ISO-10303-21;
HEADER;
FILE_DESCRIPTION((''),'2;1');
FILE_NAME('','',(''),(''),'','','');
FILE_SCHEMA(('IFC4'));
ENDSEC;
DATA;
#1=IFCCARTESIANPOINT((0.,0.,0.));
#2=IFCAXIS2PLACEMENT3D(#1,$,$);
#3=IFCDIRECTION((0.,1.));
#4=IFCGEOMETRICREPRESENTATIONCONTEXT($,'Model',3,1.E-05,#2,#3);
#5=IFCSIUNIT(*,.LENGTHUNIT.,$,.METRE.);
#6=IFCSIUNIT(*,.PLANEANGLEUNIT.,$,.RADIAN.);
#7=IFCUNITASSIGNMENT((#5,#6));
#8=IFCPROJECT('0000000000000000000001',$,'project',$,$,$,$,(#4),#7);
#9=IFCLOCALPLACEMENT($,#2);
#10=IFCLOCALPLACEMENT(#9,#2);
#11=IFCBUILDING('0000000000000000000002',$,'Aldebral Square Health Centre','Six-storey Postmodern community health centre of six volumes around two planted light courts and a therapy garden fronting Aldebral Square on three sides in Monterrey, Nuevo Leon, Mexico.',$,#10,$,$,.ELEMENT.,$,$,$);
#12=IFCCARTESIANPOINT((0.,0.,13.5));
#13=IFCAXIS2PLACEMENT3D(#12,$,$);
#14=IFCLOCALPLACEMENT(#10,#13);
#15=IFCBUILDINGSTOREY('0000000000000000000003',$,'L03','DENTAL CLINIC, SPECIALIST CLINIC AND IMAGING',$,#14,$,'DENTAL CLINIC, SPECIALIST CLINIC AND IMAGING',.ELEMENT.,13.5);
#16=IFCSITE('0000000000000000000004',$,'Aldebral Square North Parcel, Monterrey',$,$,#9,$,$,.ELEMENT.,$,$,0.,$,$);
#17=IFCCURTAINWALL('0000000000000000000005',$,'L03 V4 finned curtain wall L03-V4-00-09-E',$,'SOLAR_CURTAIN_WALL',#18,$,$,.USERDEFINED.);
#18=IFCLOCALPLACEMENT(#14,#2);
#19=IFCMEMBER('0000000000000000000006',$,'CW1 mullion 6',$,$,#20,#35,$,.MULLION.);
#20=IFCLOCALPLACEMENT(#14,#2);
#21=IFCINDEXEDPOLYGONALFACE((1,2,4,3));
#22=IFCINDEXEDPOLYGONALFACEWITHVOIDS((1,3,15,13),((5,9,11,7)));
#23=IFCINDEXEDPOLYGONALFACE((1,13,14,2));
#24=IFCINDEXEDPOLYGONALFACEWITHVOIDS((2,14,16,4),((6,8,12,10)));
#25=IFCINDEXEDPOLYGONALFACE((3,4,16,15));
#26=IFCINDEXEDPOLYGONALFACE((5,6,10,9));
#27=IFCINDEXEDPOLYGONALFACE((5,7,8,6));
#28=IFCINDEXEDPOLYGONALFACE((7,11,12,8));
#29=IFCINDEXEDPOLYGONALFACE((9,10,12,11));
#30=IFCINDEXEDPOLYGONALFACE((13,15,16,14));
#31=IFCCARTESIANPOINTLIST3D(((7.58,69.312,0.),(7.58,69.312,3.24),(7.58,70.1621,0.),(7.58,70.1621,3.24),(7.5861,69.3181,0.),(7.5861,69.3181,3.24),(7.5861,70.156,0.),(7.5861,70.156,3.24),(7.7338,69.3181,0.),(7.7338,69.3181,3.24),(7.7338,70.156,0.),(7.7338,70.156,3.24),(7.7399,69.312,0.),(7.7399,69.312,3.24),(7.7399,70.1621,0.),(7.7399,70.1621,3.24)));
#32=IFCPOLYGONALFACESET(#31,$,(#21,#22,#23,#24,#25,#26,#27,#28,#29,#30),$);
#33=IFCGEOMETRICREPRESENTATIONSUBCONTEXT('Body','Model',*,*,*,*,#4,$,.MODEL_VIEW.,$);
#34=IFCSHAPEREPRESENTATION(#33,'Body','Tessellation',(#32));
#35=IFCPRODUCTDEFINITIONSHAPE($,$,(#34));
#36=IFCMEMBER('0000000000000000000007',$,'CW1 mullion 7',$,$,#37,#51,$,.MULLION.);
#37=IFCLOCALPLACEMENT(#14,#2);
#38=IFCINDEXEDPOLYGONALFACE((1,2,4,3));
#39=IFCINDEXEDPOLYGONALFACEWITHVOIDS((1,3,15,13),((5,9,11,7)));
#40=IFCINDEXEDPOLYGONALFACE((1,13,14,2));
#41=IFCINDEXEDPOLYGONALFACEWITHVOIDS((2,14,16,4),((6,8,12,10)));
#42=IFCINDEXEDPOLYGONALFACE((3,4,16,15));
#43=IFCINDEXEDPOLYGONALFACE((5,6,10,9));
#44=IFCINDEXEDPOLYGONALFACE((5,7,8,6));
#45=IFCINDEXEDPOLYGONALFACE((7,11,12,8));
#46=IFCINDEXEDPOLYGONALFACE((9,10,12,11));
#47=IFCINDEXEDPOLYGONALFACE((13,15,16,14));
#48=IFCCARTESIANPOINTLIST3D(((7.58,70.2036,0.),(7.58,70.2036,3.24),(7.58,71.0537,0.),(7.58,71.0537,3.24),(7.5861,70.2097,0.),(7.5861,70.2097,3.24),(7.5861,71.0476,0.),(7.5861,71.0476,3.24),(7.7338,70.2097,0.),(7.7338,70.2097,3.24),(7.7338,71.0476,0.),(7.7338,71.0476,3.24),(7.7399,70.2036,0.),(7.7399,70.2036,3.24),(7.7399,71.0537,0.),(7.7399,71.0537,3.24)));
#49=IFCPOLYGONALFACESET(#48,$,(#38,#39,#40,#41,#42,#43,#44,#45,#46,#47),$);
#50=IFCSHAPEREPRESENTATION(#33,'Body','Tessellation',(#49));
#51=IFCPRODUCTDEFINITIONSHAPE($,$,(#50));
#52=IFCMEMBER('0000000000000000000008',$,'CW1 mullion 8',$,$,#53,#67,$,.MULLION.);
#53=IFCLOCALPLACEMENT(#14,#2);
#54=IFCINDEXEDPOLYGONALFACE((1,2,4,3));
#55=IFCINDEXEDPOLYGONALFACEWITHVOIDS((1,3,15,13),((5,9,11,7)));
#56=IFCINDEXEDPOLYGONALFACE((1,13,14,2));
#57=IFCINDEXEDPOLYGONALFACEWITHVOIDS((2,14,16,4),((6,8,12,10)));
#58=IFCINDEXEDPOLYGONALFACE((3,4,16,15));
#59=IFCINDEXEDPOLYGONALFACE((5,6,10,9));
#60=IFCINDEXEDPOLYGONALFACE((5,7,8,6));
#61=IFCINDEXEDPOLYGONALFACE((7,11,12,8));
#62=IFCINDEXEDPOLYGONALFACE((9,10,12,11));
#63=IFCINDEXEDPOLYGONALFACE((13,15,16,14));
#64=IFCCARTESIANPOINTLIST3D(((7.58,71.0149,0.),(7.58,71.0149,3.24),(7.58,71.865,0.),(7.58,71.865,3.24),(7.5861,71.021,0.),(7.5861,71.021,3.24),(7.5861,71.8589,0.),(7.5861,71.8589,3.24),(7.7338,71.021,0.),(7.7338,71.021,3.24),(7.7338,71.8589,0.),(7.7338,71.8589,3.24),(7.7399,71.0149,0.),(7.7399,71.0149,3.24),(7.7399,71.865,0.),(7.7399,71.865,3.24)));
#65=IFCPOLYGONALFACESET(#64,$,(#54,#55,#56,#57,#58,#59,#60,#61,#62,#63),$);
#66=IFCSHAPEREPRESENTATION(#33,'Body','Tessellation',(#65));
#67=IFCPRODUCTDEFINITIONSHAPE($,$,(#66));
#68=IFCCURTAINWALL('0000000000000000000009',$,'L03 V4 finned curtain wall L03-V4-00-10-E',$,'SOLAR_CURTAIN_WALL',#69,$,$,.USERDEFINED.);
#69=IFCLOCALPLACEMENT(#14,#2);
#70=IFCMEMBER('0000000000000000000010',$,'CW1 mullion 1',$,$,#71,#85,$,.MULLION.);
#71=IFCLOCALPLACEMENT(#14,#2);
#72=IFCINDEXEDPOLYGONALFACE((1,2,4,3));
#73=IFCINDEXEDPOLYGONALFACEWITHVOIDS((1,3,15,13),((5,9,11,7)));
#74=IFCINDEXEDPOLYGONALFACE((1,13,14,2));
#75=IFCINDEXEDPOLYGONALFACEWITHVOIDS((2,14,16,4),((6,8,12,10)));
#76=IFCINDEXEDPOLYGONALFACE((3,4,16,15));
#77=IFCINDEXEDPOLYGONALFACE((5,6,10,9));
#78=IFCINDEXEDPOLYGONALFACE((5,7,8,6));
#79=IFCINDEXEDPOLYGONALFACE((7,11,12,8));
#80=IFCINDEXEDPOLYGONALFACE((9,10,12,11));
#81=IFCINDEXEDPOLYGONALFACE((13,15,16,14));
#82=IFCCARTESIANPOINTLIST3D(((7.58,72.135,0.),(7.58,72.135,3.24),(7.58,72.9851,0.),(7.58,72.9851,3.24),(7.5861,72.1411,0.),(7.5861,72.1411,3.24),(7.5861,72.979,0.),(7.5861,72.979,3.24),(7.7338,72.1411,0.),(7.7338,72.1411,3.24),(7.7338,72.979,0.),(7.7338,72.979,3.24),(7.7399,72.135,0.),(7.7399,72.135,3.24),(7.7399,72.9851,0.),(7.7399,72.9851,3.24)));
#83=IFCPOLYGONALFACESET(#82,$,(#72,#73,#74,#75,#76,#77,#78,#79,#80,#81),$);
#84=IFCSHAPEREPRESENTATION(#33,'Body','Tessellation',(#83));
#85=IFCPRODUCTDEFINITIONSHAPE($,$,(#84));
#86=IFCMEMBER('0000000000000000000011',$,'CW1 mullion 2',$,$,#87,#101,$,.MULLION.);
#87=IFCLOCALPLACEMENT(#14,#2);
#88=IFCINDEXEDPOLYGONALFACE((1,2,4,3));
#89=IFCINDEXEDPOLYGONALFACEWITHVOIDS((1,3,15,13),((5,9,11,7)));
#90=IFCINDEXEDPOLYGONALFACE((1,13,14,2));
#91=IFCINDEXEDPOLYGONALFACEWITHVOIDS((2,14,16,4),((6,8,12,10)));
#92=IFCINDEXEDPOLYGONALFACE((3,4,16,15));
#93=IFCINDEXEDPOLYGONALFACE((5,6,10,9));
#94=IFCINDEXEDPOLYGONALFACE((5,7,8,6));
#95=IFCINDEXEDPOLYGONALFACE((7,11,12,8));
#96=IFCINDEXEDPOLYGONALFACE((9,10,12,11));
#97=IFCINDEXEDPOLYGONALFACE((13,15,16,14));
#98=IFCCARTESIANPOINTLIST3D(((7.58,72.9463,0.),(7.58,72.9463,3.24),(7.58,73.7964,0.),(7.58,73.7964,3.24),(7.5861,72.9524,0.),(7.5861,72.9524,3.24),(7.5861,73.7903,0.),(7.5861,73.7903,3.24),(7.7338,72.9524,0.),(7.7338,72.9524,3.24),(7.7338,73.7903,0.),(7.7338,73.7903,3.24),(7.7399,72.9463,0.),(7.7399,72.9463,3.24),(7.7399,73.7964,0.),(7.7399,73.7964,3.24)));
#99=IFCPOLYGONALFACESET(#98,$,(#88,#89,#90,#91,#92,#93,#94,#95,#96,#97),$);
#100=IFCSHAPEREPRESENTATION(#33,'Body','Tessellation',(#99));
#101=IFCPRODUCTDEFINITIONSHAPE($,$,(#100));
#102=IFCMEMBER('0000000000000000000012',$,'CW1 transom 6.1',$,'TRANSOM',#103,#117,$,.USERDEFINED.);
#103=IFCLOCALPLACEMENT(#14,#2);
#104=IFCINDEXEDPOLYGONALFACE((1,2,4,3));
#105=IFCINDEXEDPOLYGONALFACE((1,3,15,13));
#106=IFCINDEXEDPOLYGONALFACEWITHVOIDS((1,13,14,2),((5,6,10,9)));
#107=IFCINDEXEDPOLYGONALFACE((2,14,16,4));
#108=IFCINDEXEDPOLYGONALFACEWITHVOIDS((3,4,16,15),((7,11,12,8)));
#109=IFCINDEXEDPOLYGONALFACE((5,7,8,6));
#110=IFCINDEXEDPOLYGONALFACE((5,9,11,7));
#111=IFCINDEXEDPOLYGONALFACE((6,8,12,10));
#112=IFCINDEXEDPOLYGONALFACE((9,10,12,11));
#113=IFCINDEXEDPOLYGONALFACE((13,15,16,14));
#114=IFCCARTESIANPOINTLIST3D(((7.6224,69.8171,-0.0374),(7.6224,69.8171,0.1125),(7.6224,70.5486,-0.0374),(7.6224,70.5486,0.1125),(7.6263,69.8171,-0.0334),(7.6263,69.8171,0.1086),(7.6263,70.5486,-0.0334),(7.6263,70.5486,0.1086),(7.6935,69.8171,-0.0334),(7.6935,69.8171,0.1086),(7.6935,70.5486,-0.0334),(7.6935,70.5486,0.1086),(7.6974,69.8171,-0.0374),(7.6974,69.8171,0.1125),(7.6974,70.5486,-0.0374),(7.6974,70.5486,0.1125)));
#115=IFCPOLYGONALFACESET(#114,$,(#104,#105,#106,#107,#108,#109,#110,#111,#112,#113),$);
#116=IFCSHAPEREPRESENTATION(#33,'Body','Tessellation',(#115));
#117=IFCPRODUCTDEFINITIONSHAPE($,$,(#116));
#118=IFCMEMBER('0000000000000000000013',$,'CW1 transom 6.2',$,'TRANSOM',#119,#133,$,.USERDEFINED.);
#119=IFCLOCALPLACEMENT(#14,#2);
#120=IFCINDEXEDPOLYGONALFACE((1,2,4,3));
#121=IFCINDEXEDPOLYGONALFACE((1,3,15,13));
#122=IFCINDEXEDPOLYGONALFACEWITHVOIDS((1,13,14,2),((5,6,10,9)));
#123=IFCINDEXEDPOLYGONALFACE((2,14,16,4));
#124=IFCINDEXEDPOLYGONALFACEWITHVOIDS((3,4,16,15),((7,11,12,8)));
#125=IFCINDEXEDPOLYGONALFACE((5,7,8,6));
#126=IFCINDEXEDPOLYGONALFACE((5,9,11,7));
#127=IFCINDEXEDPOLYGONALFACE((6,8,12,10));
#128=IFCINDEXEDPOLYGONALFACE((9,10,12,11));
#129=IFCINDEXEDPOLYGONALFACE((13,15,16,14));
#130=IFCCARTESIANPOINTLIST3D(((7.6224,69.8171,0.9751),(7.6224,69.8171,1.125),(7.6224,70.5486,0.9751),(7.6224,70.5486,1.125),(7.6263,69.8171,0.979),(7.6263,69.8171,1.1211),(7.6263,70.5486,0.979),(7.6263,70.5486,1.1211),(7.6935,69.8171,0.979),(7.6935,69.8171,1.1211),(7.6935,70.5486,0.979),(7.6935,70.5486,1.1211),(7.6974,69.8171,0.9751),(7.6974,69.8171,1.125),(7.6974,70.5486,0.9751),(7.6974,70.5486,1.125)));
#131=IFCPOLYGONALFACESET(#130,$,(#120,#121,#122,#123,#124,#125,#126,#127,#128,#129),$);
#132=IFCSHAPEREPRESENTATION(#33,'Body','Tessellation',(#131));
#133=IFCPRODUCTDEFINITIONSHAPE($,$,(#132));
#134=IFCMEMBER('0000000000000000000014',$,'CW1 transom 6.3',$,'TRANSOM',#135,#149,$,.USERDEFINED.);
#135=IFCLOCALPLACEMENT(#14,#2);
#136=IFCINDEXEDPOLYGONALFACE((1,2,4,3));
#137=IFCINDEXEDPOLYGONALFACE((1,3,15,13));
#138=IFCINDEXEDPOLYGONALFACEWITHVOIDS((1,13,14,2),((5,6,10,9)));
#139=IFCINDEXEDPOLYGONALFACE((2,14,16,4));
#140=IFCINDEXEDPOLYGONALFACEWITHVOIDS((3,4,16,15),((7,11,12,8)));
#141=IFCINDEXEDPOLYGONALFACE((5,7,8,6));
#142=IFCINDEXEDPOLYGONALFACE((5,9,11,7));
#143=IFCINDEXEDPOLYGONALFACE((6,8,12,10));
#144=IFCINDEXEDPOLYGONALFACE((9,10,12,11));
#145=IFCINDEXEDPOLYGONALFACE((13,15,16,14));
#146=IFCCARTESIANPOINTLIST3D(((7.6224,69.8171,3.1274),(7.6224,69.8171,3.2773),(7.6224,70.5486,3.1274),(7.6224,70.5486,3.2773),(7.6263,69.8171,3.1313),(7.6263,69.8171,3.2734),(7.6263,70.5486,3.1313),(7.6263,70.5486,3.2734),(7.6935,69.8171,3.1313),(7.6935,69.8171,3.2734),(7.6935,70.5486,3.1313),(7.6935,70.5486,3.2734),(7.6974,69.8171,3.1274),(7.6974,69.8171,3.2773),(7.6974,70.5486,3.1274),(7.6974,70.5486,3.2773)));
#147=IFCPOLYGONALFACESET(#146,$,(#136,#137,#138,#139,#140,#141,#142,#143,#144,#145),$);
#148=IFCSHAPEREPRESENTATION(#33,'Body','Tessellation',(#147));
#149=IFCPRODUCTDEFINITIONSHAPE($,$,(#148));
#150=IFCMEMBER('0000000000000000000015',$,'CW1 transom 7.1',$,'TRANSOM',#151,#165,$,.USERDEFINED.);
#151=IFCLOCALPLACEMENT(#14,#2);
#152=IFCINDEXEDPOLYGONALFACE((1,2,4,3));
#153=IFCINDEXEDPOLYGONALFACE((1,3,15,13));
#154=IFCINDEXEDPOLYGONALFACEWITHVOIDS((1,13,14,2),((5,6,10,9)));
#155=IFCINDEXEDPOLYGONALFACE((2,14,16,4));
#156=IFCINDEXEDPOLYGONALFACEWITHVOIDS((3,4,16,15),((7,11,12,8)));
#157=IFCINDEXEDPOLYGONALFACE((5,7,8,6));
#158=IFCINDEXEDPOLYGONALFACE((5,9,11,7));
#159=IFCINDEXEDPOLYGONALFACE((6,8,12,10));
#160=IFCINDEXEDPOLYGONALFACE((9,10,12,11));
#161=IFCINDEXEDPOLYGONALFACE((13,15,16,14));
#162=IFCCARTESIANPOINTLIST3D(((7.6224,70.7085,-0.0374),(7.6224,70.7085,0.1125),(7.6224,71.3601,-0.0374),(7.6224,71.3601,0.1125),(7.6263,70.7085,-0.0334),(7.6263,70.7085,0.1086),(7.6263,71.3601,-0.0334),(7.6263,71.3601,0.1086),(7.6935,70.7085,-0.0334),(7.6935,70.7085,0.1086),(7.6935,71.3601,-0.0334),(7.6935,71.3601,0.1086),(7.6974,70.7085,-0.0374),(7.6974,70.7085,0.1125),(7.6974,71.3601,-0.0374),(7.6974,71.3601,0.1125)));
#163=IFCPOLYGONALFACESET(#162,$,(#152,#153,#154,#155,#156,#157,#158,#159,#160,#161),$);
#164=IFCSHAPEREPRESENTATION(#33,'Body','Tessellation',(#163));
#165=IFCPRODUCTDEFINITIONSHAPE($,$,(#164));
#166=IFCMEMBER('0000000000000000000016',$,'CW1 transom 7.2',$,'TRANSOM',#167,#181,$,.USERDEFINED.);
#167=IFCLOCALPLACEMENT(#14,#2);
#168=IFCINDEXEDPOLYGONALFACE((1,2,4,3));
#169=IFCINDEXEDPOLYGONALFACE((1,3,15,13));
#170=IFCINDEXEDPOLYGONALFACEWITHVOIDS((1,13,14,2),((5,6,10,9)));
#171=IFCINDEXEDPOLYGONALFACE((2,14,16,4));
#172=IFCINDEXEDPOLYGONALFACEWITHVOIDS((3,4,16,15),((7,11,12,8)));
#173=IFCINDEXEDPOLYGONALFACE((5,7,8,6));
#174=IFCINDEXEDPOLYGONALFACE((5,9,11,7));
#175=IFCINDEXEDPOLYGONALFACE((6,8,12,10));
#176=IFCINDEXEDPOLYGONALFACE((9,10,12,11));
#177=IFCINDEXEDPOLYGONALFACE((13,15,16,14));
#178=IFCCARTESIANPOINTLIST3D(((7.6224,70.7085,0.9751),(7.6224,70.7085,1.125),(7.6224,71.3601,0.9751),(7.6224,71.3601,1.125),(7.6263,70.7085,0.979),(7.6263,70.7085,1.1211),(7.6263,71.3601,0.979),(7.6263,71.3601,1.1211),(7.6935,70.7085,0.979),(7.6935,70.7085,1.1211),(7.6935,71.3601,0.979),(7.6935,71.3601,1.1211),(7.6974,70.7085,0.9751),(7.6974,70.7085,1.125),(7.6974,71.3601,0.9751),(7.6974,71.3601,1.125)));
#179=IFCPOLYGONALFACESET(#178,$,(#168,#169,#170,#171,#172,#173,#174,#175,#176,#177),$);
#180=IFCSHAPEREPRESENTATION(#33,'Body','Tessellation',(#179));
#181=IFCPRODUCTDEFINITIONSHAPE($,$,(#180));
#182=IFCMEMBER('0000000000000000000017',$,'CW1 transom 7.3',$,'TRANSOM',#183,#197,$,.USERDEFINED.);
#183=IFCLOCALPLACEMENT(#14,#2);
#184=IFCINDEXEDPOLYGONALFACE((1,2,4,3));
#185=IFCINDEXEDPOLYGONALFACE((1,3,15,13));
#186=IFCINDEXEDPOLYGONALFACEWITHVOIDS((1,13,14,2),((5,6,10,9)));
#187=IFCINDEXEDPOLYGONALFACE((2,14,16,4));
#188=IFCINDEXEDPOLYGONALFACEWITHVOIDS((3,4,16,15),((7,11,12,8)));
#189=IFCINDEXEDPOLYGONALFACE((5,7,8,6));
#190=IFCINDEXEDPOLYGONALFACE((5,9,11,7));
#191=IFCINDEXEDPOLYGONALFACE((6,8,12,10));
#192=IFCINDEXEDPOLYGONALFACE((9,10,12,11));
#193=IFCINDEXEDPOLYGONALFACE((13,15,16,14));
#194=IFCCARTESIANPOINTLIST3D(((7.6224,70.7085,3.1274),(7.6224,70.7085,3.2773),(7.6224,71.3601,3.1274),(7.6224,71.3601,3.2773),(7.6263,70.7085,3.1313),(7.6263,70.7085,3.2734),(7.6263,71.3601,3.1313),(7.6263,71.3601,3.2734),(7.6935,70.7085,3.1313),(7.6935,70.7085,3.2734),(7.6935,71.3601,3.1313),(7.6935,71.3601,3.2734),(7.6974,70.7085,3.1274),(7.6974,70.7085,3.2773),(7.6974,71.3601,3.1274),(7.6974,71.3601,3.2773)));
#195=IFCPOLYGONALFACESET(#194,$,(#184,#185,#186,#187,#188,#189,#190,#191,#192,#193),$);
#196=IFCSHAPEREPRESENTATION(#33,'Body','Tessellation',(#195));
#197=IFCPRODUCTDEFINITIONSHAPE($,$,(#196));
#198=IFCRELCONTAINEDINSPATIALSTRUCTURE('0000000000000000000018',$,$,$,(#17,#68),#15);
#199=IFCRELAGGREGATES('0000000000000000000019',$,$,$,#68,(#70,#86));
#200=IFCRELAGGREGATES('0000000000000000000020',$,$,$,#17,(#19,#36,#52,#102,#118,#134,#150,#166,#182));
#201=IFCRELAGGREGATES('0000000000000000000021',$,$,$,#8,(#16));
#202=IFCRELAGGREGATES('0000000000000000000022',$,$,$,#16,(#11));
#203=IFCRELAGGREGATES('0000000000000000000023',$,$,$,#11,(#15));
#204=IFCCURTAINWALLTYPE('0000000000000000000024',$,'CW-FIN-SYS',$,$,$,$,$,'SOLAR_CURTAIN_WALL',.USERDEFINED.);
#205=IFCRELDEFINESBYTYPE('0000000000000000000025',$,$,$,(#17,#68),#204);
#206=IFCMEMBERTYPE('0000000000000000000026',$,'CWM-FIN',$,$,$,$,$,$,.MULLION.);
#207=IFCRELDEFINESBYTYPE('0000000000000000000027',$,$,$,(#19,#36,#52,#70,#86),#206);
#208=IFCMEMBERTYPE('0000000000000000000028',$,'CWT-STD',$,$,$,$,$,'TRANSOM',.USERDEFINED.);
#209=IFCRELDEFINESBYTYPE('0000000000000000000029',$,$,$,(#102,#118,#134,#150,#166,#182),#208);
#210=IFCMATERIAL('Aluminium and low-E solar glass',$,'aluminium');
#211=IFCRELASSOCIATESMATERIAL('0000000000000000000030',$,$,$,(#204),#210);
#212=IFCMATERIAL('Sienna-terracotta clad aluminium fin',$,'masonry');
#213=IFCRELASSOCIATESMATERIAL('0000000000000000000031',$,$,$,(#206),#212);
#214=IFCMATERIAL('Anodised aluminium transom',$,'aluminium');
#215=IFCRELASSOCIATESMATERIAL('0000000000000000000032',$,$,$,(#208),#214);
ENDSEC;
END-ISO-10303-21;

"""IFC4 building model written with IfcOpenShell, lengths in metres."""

from ifc_helpers import new_model, si_unit, direction, frame, origin, origin_2d, place, context, subcontext, project, spatial, hollow_rectangle, extrude, material, material_profile, profile_set, type_object, element, aggregate, save


model = new_model("IFC4")

# Units and contexts
model_context = context("Model", 3, precision=1e-05, world=origin(), true_north=direction((0.0, 1.0)))
body_context = subcontext(model_context, "Body", "Model", "MODEL_VIEW")
ifc_project = project(units=[si_unit("LENGTHUNIT", "METRE"), si_unit("PLANEANGLEUNIT", "RADIAN")], contexts=[model_context])

# Site, building, storey
site_placement = place(None, origin())
site = spatial("IfcSite", under=ifc_project, at=site_placement, Name="Aldebral Square North Parcel, Monterrey", CompositionType="ELEMENT", RefElevation=0.0)
building_placement = place(site_placement, origin())
building = spatial("IfcBuilding", under=site, at=building_placement, Name="Aldebral Square Health Centre", Description="Six-storey Postmodern community health centre of six volumes around two planted light courts and a therapy garden fronting Aldebral Square on three sides in Monterrey, Nuevo Leon, Mexico.", CompositionType="ELEMENT")
storey_placement = place(building_placement, frame((0.0, 0.0, 13.5)))
storey = spatial("IfcBuildingStorey", under=building, at=storey_placement, Name="L03", Description="DENTAL CLINIC, SPECIALIST CLINIC AND IMAGING", LongName="DENTAL CLINIC, SPECIALIST CLINIC AND IMAGING", CompositionType="ELEMENT", Elevation=13.5)

# Curtain walls, members
ifc_material_1 = material(Name="Aluminium and low-E solar glass", Category="aluminium")
curtain_wall_type = type_object("IfcCurtainWallType", Name="CW-FIN-SYS", ElementType="SOLAR_CURTAIN_WALL", PredefinedType="USERDEFINED", material=ifc_material_1)
curtain_wall_1_placement = place(storey_placement, origin())
curtain_wall_1 = element("IfcCurtainWall", 1, at=curtain_wall_1_placement, inside=storey, type_object=curtain_wall_type, Name="L03 V4 finned curtain wall L03-V4-00-09-E", ObjectType="SOLAR_CURTAIN_WALL", PredefinedType="USERDEFINED")
ifc_material_2 = material(Name="Sienna-terracotta clad aluminium fin", Category="masonry")
ifc_material_profile_1 = material_profile(ifc_material_2, hollow_rectangle(XDim=0.1599, YDim=0.8501, WallThickness=0.0061, at=origin_2d()), Name="FIN 160x850x6")
ifc_profile_set_1 = profile_set([ifc_material_profile_1], Name="Sienna-terracotta clad aluminium fin")
member_type_1 = type_object("IfcMemberType", Name="CWM-FIN", PredefinedType="MULLION", material=ifc_profile_set_1)
member_1_placement = place(storey_placement, frame((7.6599, 69.7371, 0.0), z_axis=(0.0, 0.0, 1.0), x_axis=(-1.0, 0.0, 0.0)))
member_1 = element("IfcMember", 2, at=member_1_placement, type_object=member_type_1, Name="CW1 mullion 6", PredefinedType="MULLION", context=body_context, shape_type="SweptSolid", body=[
    extrude(hollow_rectangle(XDim=0.1599, YDim=0.8501, WallThickness=0.0061, at=origin_2d()), origin(), (0.0, 0.0, 1.0), 3.24),
])
member_2_placement = place(storey_placement, frame((7.6599, 70.6287, 0.0), z_axis=(0.0, 0.0, 1.0), x_axis=(-1.0, 0.0, 0.0)))
member_2 = element("IfcMember", 3, at=member_2_placement, type_object=member_type_1, Name="CW1 mullion 7", PredefinedType="MULLION", context=body_context, shape_type="SweptSolid", body=[
    extrude(hollow_rectangle(XDim=0.1599, YDim=0.8501, WallThickness=0.0061, at=origin_2d()), origin(), (0.0, 0.0, 1.0), 3.24),
])
member_3_placement = place(storey_placement, frame((7.6599, 71.4399, 0.0), z_axis=(0.0, 0.0, 1.0), x_axis=(-1.0, 0.0, 0.0)))
member_3 = element("IfcMember", 4, at=member_3_placement, type_object=member_type_1, Name="CW1 mullion 8", PredefinedType="MULLION", context=body_context, shape_type="SweptSolid", body=[
    extrude(hollow_rectangle(XDim=0.1599, YDim=0.8501, WallThickness=0.0061, at=origin_2d()), origin(), (0.0, 0.0, 1.0), 3.24),
])
curtain_wall_2_placement = place(storey_placement, origin())
curtain_wall_2 = element("IfcCurtainWall", 5, at=curtain_wall_2_placement, inside=storey, type_object=curtain_wall_type, Name="L03 V4 finned curtain wall L03-V4-00-10-E", ObjectType="SOLAR_CURTAIN_WALL", PredefinedType="USERDEFINED")
member_4_placement = place(storey_placement, frame((7.6599, 72.5601, 0.0), z_axis=(0.0, 0.0, 1.0), x_axis=(-1.0, 0.0, 0.0)))
member_4 = element("IfcMember", 6, at=member_4_placement, type_object=member_type_1, Name="CW1 mullion 1", PredefinedType="MULLION", context=body_context, shape_type="SweptSolid", body=[
    extrude(hollow_rectangle(XDim=0.1599, YDim=0.8501, WallThickness=0.0061, at=origin_2d()), origin(), (0.0, 0.0, 1.0), 3.24),
])
member_5_placement = place(storey_placement, frame((7.6599, 73.3713, 0.0), z_axis=(0.0, 0.0, 1.0), x_axis=(-1.0, 0.0, 0.0)))
member_5 = element("IfcMember", 7, at=member_5_placement, type_object=member_type_1, Name="CW1 mullion 2", PredefinedType="MULLION", context=body_context, shape_type="SweptSolid", body=[
    extrude(hollow_rectangle(XDim=0.1599, YDim=0.8501, WallThickness=0.0061, at=origin_2d()), origin(), (0.0, 0.0, 1.0), 3.24),
])

# Members
ifc_material_3 = material(Name="Anodised aluminium transom", Category="aluminium")
ifc_material_profile_2 = material_profile(ifc_material_3, hollow_rectangle(XDim=0.075, YDim=0.1499, WallThickness=0.0039, at=origin_2d()), Name="CWT 75x150x4")
ifc_profile_set_2 = profile_set([ifc_material_profile_2], Name="Anodised aluminium transom")
member_type_2 = type_object("IfcMemberType", Name="CWT-STD", ElementType="TRANSOM", PredefinedType="USERDEFINED", material=ifc_profile_set_2)
member_6_placement = place(storey_placement, frame((7.6599, 69.8171, 0.0376), z_axis=(0.0, 1.0, 0.0), x_axis=(-1.0, 0.0, 0.0)))
member_6 = element("IfcMember", 8, at=member_6_placement, type_object=member_type_2, Name="CW1 transom 6.1", ObjectType="TRANSOM", PredefinedType="USERDEFINED", context=body_context, shape_type="SweptSolid", body=[
    extrude(hollow_rectangle(XDim=0.075, YDim=0.1499, WallThickness=0.0039, at=origin_2d()), origin(), (0.0, 0.0, 1.0), 0.7314),
])
member_7_placement = place(storey_placement, frame((7.6599, 69.8171, 1.05), z_axis=(0.0, 1.0, 0.0), x_axis=(-1.0, 0.0, 0.0)))
member_7 = element("IfcMember", 9, at=member_7_placement, type_object=member_type_2, Name="CW1 transom 6.2", ObjectType="TRANSOM", PredefinedType="USERDEFINED", context=body_context, shape_type="SweptSolid", body=[
    extrude(hollow_rectangle(XDim=0.075, YDim=0.1499, WallThickness=0.0039, at=origin_2d()), origin(), (0.0, 0.0, 1.0), 0.7314),
])
member_8_placement = place(storey_placement, frame((7.6599, 69.8171, 3.2024), z_axis=(0.0, 1.0, 0.0), x_axis=(-1.0, 0.0, 0.0)))
member_8 = element("IfcMember", 10, at=member_8_placement, type_object=member_type_2, Name="CW1 transom 6.3", ObjectType="TRANSOM", PredefinedType="USERDEFINED", context=body_context, shape_type="SweptSolid", body=[
    extrude(hollow_rectangle(XDim=0.075, YDim=0.1499, WallThickness=0.0039, at=origin_2d()), origin(), (0.0, 0.0, 1.0), 0.7314),
])
member_9_placement = place(storey_placement, frame((7.6599, 70.7085, 0.0376), z_axis=(0.0, 1.0, 0.0), x_axis=(-1.0, 0.0, 0.0)))
member_9 = element("IfcMember", 11, at=member_9_placement, type_object=member_type_2, Name="CW1 transom 7.1", ObjectType="TRANSOM", PredefinedType="USERDEFINED", context=body_context, shape_type="SweptSolid", body=[
    extrude(hollow_rectangle(XDim=0.075, YDim=0.1499, WallThickness=0.0039, at=origin_2d()), origin(), (0.0, 0.0, 1.0), 0.6516),
])
member_10_placement = place(storey_placement, frame((7.6599, 70.7085, 1.05), z_axis=(0.0, 1.0, 0.0), x_axis=(-1.0, 0.0, 0.0)))
member_10 = element("IfcMember", 12, at=member_10_placement, type_object=member_type_2, Name="CW1 transom 7.2", ObjectType="TRANSOM", PredefinedType="USERDEFINED", context=body_context, shape_type="SweptSolid", body=[
    extrude(hollow_rectangle(XDim=0.075, YDim=0.1499, WallThickness=0.0039, at=origin_2d()), origin(), (0.0, 0.0, 1.0), 0.6516),
])
member_11_placement = place(storey_placement, frame((7.6599, 70.7085, 3.2024), z_axis=(0.0, 1.0, 0.0), x_axis=(-1.0, 0.0, 0.0)))
member_11 = element("IfcMember", 13, at=member_11_placement, type_object=member_type_2, Name="CW1 transom 7.3", ObjectType="TRANSOM", PredefinedType="USERDEFINED", context=body_context, shape_type="SweptSolid", body=[
    extrude(hollow_rectangle(XDim=0.075, YDim=0.1499, WallThickness=0.0039, at=origin_2d()), origin(), (0.0, 0.0, 1.0), 0.6516),
])

aggregate(curtain_wall_2, [member_4, member_5])
aggregate(curtain_wall_1, [member_1, member_2, member_3, member_6, member_7, member_8, member_9, member_10, member_11])

save(model, "model.ifc")
